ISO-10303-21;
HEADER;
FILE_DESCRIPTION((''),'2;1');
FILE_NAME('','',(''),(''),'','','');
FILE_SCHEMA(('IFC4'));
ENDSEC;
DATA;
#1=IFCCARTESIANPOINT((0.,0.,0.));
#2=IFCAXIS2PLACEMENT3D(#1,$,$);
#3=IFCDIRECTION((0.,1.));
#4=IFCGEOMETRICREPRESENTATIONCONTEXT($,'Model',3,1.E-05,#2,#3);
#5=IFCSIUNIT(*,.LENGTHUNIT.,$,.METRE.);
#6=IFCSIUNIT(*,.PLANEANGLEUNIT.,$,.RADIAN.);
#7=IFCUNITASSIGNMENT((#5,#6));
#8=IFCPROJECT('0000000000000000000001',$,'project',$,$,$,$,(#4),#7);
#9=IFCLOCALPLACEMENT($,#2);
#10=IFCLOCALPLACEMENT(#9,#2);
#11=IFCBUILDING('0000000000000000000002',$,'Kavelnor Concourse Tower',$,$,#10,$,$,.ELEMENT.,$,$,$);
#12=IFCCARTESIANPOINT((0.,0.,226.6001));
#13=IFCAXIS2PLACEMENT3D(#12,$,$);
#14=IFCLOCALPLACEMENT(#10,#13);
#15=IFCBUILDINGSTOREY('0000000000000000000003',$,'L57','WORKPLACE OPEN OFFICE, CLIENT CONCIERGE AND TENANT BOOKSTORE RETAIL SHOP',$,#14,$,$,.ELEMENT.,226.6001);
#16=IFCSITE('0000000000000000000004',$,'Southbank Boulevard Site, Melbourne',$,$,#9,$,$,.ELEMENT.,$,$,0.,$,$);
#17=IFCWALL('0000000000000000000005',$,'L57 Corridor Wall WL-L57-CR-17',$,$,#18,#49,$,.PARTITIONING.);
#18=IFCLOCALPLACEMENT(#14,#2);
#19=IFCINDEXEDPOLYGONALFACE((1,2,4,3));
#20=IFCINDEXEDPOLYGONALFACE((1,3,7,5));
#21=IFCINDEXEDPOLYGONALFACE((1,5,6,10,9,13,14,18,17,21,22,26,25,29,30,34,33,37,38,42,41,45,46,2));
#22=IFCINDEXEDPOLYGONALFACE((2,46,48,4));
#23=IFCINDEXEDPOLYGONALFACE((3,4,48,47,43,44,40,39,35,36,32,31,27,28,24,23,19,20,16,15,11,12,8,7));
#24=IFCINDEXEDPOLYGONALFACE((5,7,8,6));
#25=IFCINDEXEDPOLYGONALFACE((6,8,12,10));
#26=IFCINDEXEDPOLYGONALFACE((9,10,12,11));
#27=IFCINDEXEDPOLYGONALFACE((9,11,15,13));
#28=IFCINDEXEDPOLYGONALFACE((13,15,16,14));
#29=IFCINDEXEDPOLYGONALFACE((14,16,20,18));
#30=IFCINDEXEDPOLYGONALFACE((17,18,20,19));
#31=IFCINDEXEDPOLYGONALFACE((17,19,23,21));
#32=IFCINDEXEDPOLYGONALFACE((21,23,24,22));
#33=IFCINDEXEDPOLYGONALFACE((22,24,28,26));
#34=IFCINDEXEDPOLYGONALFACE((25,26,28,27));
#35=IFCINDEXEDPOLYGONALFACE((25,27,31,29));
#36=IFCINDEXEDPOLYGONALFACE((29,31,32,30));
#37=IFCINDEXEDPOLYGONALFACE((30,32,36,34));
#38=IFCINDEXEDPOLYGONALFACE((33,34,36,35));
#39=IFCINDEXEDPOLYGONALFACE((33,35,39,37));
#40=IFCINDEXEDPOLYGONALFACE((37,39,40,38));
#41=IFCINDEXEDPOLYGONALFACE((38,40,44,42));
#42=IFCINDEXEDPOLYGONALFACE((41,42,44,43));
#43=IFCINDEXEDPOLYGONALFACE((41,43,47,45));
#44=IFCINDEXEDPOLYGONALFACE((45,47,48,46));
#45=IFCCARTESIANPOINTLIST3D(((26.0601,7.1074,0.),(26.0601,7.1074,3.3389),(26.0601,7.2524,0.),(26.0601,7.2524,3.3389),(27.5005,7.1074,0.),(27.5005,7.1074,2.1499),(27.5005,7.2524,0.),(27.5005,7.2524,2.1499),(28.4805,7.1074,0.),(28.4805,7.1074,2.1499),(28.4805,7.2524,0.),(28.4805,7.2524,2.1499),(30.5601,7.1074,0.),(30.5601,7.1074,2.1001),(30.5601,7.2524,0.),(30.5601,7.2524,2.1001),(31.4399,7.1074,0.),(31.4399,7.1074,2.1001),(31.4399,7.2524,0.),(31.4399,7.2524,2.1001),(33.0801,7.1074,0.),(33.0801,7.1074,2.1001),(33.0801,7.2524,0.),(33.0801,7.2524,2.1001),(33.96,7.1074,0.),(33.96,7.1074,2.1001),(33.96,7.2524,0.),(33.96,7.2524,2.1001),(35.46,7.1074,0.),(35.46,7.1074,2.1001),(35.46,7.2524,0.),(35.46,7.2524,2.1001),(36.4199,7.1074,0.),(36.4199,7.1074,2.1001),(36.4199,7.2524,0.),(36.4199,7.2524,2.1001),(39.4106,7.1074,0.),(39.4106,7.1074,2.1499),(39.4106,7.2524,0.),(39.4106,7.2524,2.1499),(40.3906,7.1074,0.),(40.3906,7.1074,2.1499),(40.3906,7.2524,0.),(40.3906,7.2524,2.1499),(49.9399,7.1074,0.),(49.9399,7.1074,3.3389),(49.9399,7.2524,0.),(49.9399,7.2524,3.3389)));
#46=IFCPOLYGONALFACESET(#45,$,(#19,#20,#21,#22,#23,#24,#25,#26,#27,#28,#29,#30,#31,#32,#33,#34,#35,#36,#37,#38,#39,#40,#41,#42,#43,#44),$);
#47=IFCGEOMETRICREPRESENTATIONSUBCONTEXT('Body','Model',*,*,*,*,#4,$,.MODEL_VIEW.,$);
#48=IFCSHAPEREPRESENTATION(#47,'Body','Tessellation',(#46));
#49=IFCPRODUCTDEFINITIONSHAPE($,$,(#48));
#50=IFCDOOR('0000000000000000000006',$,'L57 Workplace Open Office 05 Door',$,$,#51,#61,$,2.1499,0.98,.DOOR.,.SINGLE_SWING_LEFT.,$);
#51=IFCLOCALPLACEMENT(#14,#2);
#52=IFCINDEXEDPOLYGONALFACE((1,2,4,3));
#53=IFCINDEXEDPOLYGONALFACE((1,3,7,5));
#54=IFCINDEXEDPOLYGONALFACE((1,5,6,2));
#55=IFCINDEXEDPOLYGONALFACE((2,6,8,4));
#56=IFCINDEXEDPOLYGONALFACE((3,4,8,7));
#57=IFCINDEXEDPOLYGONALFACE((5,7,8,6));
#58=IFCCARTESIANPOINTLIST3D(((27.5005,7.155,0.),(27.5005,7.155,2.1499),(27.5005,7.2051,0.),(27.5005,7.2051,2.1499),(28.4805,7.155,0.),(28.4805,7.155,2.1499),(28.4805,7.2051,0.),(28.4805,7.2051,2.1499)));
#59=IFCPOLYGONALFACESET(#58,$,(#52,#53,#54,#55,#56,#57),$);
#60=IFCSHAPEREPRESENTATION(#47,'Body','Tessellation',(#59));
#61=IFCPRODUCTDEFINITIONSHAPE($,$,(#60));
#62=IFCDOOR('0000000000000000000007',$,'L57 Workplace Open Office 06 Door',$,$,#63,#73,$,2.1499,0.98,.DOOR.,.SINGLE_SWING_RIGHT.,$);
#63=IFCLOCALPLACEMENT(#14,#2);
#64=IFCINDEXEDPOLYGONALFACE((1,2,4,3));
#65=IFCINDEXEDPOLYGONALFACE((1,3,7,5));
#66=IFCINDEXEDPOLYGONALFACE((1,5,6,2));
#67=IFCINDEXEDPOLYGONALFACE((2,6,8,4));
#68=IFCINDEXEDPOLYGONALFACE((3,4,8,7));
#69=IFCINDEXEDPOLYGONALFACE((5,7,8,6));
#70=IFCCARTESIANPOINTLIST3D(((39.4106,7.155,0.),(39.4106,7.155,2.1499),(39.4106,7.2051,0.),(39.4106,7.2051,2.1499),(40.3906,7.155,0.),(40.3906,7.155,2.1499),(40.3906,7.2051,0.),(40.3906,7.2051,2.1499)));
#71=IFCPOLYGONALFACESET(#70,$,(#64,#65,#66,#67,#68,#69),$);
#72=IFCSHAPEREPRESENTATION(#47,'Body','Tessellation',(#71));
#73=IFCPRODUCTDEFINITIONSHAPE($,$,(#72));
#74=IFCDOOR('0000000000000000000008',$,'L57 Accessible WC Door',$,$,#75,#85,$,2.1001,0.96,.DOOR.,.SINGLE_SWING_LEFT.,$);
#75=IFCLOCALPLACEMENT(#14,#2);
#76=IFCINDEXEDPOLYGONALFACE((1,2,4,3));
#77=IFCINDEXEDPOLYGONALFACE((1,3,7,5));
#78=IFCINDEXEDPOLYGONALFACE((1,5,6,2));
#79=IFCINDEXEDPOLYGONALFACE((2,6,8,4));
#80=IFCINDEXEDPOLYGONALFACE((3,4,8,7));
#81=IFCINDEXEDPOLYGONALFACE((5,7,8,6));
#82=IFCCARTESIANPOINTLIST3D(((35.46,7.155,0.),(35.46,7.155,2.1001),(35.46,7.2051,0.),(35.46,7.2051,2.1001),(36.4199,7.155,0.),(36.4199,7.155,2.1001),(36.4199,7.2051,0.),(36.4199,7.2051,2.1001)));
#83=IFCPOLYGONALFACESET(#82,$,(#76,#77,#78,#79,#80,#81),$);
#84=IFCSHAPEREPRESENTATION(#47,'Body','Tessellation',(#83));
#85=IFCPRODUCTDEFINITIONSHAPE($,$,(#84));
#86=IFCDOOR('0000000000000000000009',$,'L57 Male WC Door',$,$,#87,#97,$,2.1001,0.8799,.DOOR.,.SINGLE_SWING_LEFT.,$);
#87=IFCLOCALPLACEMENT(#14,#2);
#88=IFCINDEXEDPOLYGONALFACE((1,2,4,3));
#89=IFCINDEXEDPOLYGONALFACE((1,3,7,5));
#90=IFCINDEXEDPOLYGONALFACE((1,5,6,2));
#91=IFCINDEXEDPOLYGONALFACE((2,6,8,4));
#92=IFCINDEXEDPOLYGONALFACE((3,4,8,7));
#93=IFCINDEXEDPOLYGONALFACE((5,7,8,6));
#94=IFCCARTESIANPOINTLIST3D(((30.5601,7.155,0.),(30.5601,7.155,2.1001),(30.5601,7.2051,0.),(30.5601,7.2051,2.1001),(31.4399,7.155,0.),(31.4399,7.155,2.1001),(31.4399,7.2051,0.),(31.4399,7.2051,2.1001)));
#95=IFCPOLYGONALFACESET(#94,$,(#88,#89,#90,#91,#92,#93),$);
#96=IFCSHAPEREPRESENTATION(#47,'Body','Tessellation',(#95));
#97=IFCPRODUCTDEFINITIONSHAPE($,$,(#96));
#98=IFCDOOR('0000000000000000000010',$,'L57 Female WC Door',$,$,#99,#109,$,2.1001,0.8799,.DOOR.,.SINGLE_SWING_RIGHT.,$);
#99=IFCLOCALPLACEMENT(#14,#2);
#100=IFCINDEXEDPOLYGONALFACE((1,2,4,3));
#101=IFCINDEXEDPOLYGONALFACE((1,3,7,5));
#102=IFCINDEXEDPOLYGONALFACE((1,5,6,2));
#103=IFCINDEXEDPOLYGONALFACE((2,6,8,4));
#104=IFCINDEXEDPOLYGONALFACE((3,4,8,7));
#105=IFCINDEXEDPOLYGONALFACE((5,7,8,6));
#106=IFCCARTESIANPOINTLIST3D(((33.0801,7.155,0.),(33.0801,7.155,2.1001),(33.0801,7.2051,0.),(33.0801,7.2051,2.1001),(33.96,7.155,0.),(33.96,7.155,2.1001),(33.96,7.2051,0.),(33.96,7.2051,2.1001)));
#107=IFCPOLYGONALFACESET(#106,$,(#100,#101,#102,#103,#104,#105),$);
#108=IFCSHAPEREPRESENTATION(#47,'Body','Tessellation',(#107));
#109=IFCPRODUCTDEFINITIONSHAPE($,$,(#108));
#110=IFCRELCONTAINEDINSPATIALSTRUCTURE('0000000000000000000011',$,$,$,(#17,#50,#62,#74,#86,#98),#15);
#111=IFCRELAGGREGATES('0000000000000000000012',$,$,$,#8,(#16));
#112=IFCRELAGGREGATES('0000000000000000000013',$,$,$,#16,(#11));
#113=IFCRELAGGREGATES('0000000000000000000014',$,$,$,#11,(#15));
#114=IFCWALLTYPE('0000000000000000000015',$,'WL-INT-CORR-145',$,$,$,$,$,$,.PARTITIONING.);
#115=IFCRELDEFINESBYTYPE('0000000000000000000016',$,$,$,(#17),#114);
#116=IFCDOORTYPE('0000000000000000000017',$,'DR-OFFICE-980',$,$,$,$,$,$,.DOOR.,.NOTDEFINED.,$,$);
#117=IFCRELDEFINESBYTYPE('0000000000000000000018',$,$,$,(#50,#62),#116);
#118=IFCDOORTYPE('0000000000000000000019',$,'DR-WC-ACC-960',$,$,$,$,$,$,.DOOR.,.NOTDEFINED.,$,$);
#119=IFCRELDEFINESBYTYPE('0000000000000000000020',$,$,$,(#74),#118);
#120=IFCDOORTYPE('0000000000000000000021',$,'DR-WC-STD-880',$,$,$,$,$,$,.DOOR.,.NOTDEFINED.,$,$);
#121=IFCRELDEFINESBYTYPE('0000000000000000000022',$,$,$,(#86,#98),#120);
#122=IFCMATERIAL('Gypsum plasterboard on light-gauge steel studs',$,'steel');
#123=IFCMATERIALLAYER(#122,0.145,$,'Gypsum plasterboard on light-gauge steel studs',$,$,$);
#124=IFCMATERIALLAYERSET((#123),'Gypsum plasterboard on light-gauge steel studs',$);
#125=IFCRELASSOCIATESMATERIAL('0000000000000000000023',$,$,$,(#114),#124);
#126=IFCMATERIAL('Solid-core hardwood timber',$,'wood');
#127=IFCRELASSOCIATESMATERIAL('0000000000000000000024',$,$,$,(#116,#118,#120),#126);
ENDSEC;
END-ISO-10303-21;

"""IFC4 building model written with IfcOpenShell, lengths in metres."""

from ifc_helpers import new_model, si_unit, direction, frame, frame_2d, origin, place, context, subcontext, project, spatial, rectangle, extrude, material, layer, layer_set, type_object, element, fill, save


model = new_model("IFC4")

# Units and contexts
model_context = context("Model", 3, precision=1e-05, world=origin(), true_north=direction((0.0, 1.0)))
body_context = subcontext(model_context, "Body", "Model", "MODEL_VIEW")
ifc_project = project(units=[si_unit("LENGTHUNIT", "METRE"), si_unit("PLANEANGLEUNIT", "RADIAN")], contexts=[model_context])

# Site, building, storey
site_placement = place(None, origin())
site = spatial("IfcSite", under=ifc_project, at=site_placement, Name="Southbank Boulevard Site, Melbourne", CompositionType="ELEMENT", RefElevation=0.0)
building_placement = place(site_placement, origin())
building = spatial("IfcBuilding", under=site, at=building_placement, Name="Kavelnor Concourse Tower", CompositionType="ELEMENT")
storey_placement = place(building_placement, frame((0.0, 0.0, 226.6001)))
storey = spatial("IfcBuildingStorey", under=building, at=storey_placement, Name="L57", Description="WORKPLACE OPEN OFFICE, CLIENT CONCIERGE AND TENANT BOOKSTORE RETAIL SHOP", CompositionType="ELEMENT", Elevation=226.6001)

# Shared definitions
ifc_material_1 = material(Name="Gypsum plasterboard on light-gauge steel studs", Category="steel")
ifc_layer_1 = layer(ifc_material_1, 0.145, Name="Gypsum plasterboard on light-gauge steel studs")
ifc_layer_set_1 = layer_set([ifc_layer_1], Name="Gypsum plasterboard on light-gauge steel studs")
wall_type = type_object("IfcWallType", Name="WL-INT-CORR-145", PredefinedType="PARTITIONING", material=ifc_layer_set_1)

# Wall, openings, doors
wall_1_placement = place(storey_placement, frame((49.9399, 7.1799, 0.0), z_axis=(0.0, 0.0, 1.0), x_axis=(-1.0, 0.0, 0.0)))
wall_1 = element("IfcWall", 1, at=wall_1_placement, inside=storey, type_object=wall_type, Name="L57 Corridor Wall WL-L57-CR-17", PredefinedType="PARTITIONING", context=body_context, shape_type="SweptSolid", body=[
    extrude(rectangle(XDim=23.8799, YDim=0.145, at=frame_2d((11.9399, 0.0))), origin(), (0.0, 0.0, 1.0), 3.3389),
])
opening_1_placement = place(wall_1_placement, frame((18.5, 0.0, 0.0)))
opening_1 = element("IfcOpeningElement", 2, at=opening_1_placement, cuts=wall_1, PredefinedType="OPENING", context=body_context, shape_type="SweptSolid", body=[
    extrude(rectangle(XDim=0.8799, YDim=2.1001, at=frame_2d((0.4399, 1.05))), frame((0.0, 0.0825, 0.0), z_axis=(0.0, -1.0, 0.0), x_axis=(1.0, 0.0, 0.0)), (0.0, 0.0, 1.0), 0.165),
])
opening_2_placement = place(wall_1_placement, frame((15.98, 0.0, 0.0)))
opening_2 = element("IfcOpeningElement", 3, at=opening_2_placement, cuts=wall_1, PredefinedType="OPENING", context=body_context, shape_type="SweptSolid", body=[
    extrude(rectangle(XDim=0.8799, YDim=2.1001, at=frame_2d((0.4399, 1.05))), frame((0.0, 0.0825, 0.0), z_axis=(0.0, -1.0, 0.0), x_axis=(1.0, 0.0, 0.0)), (0.0, 0.0, 1.0), 0.165),
])
opening_3_placement = place(wall_1_placement, frame((13.52, 0.0, 0.0)))
opening_3 = element("IfcOpeningElement", 4, at=opening_3_placement, cuts=wall_1, PredefinedType="OPENING", context=body_context, shape_type="SweptSolid", body=[
    extrude(rectangle(XDim=0.96, YDim=2.1001, at=frame_2d((0.48, 1.05))), frame((0.0, 0.0825, 0.0), z_axis=(0.0, -1.0, 0.0), x_axis=(1.0, 0.0, 0.0)), (0.0, 0.0, 1.0), 0.165),
])
opening_4_placement = place(wall_1_placement, frame((21.4595, 0.0, 0.0)))
opening_4 = element("IfcOpeningElement", 5, at=opening_4_placement, cuts=wall_1, PredefinedType="OPENING", context=body_context, shape_type="SweptSolid", body=[
    extrude(rectangle(XDim=0.98, YDim=2.1499, at=frame_2d((0.49, 1.075))), frame((0.0, 0.0825, 0.0), z_axis=(0.0, -1.0, 0.0), x_axis=(1.0, 0.0, 0.0)), (0.0, 0.0, 1.0), 0.165),
])
opening_5_placement = place(wall_1_placement, frame((9.5493, 0.0, 0.0)))
opening_5 = element("IfcOpeningElement", 6, at=opening_5_placement, cuts=wall_1, PredefinedType="OPENING", context=body_context, shape_type="SweptSolid", body=[
    extrude(rectangle(XDim=0.98, YDim=2.1499, at=frame_2d((0.49, 1.075))), frame((0.0, 0.0825, 0.0), z_axis=(0.0, -1.0, 0.0), x_axis=(1.0, 0.0, 0.0)), (0.0, 0.0, 1.0), 0.165),
])
ifc_material_2 = material(Name="Solid-core hardwood timber", Category="wood")
door_type_1 = type_object("IfcDoorType", Name="DR-OFFICE-980", OperationType="NOTDEFINED", PredefinedType="DOOR", material=ifc_material_2)
door_1_placement = place(opening_4_placement, origin())
door_1 = element("IfcDoor", 7, at=door_1_placement, inside=storey, type_object=door_type_1, Name="L57 Workplace Open Office 05 Door", OperationType="SINGLE_SWING_LEFT", OverallHeight=2.1499, OverallWidth=0.98, PredefinedType="DOOR", context=body_context, shape_type="SweptSolid", body=[
    extrude(rectangle(XDim=0.98, YDim=2.1499, at=frame_2d((0.49, 1.075))), frame((0.0, 0.0249, 0.0), z_axis=(0.0, -1.0, 0.0), x_axis=(1.0, 0.0, 0.0)), (0.0, 0.0, 1.0), 0.05),
])
fill(opening_4, door_1)
door_2_placement = place(opening_5_placement, origin())
door_2 = element("IfcDoor", 8, at=door_2_placement, inside=storey, type_object=door_type_1, Name="L57 Workplace Open Office 06 Door", OperationType="SINGLE_SWING_RIGHT", OverallHeight=2.1499, OverallWidth=0.98, PredefinedType="DOOR", context=body_context, shape_type="SweptSolid", body=[
    extrude(rectangle(XDim=0.98, YDim=2.1499, at=frame_2d((0.49, 1.075))), frame((0.0, 0.0249, 0.0), z_axis=(0.0, -1.0, 0.0), x_axis=(1.0, 0.0, 0.0)), (0.0, 0.0, 1.0), 0.05),
])
fill(opening_5, door_2)
door_type_2 = type_object("IfcDoorType", Name="DR-WC-ACC-960", OperationType="NOTDEFINED", PredefinedType="DOOR", material=ifc_material_2)
door_3_placement = place(opening_3_placement, origin())
door_3 = element("IfcDoor", 9, at=door_3_placement, inside=storey, type_object=door_type_2, Name="L57 Accessible WC Door", OperationType="SINGLE_SWING_LEFT", OverallHeight=2.1001, OverallWidth=0.96, PredefinedType="DOOR", context=body_context, shape_type="SweptSolid", body=[
    extrude(rectangle(XDim=0.96, YDim=2.1001, at=frame_2d((0.48, 1.05))), frame((0.0, 0.0249, 0.0), z_axis=(0.0, -1.0, 0.0), x_axis=(1.0, 0.0, 0.0)), (0.0, 0.0, 1.0), 0.05),
])
fill(opening_3, door_3)
door_type_3 = type_object("IfcDoorType", Name="DR-WC-STD-880", OperationType="NOTDEFINED", PredefinedType="DOOR", material=ifc_material_2)
door_4_placement = place(opening_1_placement, origin())
door_4 = element("IfcDoor", 10, at=door_4_placement, inside=storey, type_object=door_type_3, Name="L57 Male WC Door", OperationType="SINGLE_SWING_LEFT", OverallHeight=2.1001, OverallWidth=0.8799, PredefinedType="DOOR", context=body_context, shape_type="SweptSolid", body=[
    extrude(rectangle(XDim=0.8799, YDim=2.1001, at=frame_2d((0.4399, 1.05))), frame((0.0, 0.0249, 0.0), z_axis=(0.0, -1.0, 0.0), x_axis=(1.0, 0.0, 0.0)), (0.0, 0.0, 1.0), 0.05),
])
fill(opening_1, door_4)
door_5_placement = place(opening_2_placement, origin())
door_5 = element("IfcDoor", 11, at=door_5_placement, inside=storey, type_object=door_type_3, Name="L57 Female WC Door", OperationType="SINGLE_SWING_RIGHT", OverallHeight=2.1001, OverallWidth=0.8799, PredefinedType="DOOR", context=body_context, shape_type="SweptSolid", body=[
    extrude(rectangle(XDim=0.8799, YDim=2.1001, at=frame_2d((0.4399, 1.05))), frame((0.0, 0.0249, 0.0), z_axis=(0.0, -1.0, 0.0), x_axis=(1.0, 0.0, 0.0)), (0.0, 0.0, 1.0), 0.05),
])
fill(opening_2, door_5)

save(model, "model.ifc")
